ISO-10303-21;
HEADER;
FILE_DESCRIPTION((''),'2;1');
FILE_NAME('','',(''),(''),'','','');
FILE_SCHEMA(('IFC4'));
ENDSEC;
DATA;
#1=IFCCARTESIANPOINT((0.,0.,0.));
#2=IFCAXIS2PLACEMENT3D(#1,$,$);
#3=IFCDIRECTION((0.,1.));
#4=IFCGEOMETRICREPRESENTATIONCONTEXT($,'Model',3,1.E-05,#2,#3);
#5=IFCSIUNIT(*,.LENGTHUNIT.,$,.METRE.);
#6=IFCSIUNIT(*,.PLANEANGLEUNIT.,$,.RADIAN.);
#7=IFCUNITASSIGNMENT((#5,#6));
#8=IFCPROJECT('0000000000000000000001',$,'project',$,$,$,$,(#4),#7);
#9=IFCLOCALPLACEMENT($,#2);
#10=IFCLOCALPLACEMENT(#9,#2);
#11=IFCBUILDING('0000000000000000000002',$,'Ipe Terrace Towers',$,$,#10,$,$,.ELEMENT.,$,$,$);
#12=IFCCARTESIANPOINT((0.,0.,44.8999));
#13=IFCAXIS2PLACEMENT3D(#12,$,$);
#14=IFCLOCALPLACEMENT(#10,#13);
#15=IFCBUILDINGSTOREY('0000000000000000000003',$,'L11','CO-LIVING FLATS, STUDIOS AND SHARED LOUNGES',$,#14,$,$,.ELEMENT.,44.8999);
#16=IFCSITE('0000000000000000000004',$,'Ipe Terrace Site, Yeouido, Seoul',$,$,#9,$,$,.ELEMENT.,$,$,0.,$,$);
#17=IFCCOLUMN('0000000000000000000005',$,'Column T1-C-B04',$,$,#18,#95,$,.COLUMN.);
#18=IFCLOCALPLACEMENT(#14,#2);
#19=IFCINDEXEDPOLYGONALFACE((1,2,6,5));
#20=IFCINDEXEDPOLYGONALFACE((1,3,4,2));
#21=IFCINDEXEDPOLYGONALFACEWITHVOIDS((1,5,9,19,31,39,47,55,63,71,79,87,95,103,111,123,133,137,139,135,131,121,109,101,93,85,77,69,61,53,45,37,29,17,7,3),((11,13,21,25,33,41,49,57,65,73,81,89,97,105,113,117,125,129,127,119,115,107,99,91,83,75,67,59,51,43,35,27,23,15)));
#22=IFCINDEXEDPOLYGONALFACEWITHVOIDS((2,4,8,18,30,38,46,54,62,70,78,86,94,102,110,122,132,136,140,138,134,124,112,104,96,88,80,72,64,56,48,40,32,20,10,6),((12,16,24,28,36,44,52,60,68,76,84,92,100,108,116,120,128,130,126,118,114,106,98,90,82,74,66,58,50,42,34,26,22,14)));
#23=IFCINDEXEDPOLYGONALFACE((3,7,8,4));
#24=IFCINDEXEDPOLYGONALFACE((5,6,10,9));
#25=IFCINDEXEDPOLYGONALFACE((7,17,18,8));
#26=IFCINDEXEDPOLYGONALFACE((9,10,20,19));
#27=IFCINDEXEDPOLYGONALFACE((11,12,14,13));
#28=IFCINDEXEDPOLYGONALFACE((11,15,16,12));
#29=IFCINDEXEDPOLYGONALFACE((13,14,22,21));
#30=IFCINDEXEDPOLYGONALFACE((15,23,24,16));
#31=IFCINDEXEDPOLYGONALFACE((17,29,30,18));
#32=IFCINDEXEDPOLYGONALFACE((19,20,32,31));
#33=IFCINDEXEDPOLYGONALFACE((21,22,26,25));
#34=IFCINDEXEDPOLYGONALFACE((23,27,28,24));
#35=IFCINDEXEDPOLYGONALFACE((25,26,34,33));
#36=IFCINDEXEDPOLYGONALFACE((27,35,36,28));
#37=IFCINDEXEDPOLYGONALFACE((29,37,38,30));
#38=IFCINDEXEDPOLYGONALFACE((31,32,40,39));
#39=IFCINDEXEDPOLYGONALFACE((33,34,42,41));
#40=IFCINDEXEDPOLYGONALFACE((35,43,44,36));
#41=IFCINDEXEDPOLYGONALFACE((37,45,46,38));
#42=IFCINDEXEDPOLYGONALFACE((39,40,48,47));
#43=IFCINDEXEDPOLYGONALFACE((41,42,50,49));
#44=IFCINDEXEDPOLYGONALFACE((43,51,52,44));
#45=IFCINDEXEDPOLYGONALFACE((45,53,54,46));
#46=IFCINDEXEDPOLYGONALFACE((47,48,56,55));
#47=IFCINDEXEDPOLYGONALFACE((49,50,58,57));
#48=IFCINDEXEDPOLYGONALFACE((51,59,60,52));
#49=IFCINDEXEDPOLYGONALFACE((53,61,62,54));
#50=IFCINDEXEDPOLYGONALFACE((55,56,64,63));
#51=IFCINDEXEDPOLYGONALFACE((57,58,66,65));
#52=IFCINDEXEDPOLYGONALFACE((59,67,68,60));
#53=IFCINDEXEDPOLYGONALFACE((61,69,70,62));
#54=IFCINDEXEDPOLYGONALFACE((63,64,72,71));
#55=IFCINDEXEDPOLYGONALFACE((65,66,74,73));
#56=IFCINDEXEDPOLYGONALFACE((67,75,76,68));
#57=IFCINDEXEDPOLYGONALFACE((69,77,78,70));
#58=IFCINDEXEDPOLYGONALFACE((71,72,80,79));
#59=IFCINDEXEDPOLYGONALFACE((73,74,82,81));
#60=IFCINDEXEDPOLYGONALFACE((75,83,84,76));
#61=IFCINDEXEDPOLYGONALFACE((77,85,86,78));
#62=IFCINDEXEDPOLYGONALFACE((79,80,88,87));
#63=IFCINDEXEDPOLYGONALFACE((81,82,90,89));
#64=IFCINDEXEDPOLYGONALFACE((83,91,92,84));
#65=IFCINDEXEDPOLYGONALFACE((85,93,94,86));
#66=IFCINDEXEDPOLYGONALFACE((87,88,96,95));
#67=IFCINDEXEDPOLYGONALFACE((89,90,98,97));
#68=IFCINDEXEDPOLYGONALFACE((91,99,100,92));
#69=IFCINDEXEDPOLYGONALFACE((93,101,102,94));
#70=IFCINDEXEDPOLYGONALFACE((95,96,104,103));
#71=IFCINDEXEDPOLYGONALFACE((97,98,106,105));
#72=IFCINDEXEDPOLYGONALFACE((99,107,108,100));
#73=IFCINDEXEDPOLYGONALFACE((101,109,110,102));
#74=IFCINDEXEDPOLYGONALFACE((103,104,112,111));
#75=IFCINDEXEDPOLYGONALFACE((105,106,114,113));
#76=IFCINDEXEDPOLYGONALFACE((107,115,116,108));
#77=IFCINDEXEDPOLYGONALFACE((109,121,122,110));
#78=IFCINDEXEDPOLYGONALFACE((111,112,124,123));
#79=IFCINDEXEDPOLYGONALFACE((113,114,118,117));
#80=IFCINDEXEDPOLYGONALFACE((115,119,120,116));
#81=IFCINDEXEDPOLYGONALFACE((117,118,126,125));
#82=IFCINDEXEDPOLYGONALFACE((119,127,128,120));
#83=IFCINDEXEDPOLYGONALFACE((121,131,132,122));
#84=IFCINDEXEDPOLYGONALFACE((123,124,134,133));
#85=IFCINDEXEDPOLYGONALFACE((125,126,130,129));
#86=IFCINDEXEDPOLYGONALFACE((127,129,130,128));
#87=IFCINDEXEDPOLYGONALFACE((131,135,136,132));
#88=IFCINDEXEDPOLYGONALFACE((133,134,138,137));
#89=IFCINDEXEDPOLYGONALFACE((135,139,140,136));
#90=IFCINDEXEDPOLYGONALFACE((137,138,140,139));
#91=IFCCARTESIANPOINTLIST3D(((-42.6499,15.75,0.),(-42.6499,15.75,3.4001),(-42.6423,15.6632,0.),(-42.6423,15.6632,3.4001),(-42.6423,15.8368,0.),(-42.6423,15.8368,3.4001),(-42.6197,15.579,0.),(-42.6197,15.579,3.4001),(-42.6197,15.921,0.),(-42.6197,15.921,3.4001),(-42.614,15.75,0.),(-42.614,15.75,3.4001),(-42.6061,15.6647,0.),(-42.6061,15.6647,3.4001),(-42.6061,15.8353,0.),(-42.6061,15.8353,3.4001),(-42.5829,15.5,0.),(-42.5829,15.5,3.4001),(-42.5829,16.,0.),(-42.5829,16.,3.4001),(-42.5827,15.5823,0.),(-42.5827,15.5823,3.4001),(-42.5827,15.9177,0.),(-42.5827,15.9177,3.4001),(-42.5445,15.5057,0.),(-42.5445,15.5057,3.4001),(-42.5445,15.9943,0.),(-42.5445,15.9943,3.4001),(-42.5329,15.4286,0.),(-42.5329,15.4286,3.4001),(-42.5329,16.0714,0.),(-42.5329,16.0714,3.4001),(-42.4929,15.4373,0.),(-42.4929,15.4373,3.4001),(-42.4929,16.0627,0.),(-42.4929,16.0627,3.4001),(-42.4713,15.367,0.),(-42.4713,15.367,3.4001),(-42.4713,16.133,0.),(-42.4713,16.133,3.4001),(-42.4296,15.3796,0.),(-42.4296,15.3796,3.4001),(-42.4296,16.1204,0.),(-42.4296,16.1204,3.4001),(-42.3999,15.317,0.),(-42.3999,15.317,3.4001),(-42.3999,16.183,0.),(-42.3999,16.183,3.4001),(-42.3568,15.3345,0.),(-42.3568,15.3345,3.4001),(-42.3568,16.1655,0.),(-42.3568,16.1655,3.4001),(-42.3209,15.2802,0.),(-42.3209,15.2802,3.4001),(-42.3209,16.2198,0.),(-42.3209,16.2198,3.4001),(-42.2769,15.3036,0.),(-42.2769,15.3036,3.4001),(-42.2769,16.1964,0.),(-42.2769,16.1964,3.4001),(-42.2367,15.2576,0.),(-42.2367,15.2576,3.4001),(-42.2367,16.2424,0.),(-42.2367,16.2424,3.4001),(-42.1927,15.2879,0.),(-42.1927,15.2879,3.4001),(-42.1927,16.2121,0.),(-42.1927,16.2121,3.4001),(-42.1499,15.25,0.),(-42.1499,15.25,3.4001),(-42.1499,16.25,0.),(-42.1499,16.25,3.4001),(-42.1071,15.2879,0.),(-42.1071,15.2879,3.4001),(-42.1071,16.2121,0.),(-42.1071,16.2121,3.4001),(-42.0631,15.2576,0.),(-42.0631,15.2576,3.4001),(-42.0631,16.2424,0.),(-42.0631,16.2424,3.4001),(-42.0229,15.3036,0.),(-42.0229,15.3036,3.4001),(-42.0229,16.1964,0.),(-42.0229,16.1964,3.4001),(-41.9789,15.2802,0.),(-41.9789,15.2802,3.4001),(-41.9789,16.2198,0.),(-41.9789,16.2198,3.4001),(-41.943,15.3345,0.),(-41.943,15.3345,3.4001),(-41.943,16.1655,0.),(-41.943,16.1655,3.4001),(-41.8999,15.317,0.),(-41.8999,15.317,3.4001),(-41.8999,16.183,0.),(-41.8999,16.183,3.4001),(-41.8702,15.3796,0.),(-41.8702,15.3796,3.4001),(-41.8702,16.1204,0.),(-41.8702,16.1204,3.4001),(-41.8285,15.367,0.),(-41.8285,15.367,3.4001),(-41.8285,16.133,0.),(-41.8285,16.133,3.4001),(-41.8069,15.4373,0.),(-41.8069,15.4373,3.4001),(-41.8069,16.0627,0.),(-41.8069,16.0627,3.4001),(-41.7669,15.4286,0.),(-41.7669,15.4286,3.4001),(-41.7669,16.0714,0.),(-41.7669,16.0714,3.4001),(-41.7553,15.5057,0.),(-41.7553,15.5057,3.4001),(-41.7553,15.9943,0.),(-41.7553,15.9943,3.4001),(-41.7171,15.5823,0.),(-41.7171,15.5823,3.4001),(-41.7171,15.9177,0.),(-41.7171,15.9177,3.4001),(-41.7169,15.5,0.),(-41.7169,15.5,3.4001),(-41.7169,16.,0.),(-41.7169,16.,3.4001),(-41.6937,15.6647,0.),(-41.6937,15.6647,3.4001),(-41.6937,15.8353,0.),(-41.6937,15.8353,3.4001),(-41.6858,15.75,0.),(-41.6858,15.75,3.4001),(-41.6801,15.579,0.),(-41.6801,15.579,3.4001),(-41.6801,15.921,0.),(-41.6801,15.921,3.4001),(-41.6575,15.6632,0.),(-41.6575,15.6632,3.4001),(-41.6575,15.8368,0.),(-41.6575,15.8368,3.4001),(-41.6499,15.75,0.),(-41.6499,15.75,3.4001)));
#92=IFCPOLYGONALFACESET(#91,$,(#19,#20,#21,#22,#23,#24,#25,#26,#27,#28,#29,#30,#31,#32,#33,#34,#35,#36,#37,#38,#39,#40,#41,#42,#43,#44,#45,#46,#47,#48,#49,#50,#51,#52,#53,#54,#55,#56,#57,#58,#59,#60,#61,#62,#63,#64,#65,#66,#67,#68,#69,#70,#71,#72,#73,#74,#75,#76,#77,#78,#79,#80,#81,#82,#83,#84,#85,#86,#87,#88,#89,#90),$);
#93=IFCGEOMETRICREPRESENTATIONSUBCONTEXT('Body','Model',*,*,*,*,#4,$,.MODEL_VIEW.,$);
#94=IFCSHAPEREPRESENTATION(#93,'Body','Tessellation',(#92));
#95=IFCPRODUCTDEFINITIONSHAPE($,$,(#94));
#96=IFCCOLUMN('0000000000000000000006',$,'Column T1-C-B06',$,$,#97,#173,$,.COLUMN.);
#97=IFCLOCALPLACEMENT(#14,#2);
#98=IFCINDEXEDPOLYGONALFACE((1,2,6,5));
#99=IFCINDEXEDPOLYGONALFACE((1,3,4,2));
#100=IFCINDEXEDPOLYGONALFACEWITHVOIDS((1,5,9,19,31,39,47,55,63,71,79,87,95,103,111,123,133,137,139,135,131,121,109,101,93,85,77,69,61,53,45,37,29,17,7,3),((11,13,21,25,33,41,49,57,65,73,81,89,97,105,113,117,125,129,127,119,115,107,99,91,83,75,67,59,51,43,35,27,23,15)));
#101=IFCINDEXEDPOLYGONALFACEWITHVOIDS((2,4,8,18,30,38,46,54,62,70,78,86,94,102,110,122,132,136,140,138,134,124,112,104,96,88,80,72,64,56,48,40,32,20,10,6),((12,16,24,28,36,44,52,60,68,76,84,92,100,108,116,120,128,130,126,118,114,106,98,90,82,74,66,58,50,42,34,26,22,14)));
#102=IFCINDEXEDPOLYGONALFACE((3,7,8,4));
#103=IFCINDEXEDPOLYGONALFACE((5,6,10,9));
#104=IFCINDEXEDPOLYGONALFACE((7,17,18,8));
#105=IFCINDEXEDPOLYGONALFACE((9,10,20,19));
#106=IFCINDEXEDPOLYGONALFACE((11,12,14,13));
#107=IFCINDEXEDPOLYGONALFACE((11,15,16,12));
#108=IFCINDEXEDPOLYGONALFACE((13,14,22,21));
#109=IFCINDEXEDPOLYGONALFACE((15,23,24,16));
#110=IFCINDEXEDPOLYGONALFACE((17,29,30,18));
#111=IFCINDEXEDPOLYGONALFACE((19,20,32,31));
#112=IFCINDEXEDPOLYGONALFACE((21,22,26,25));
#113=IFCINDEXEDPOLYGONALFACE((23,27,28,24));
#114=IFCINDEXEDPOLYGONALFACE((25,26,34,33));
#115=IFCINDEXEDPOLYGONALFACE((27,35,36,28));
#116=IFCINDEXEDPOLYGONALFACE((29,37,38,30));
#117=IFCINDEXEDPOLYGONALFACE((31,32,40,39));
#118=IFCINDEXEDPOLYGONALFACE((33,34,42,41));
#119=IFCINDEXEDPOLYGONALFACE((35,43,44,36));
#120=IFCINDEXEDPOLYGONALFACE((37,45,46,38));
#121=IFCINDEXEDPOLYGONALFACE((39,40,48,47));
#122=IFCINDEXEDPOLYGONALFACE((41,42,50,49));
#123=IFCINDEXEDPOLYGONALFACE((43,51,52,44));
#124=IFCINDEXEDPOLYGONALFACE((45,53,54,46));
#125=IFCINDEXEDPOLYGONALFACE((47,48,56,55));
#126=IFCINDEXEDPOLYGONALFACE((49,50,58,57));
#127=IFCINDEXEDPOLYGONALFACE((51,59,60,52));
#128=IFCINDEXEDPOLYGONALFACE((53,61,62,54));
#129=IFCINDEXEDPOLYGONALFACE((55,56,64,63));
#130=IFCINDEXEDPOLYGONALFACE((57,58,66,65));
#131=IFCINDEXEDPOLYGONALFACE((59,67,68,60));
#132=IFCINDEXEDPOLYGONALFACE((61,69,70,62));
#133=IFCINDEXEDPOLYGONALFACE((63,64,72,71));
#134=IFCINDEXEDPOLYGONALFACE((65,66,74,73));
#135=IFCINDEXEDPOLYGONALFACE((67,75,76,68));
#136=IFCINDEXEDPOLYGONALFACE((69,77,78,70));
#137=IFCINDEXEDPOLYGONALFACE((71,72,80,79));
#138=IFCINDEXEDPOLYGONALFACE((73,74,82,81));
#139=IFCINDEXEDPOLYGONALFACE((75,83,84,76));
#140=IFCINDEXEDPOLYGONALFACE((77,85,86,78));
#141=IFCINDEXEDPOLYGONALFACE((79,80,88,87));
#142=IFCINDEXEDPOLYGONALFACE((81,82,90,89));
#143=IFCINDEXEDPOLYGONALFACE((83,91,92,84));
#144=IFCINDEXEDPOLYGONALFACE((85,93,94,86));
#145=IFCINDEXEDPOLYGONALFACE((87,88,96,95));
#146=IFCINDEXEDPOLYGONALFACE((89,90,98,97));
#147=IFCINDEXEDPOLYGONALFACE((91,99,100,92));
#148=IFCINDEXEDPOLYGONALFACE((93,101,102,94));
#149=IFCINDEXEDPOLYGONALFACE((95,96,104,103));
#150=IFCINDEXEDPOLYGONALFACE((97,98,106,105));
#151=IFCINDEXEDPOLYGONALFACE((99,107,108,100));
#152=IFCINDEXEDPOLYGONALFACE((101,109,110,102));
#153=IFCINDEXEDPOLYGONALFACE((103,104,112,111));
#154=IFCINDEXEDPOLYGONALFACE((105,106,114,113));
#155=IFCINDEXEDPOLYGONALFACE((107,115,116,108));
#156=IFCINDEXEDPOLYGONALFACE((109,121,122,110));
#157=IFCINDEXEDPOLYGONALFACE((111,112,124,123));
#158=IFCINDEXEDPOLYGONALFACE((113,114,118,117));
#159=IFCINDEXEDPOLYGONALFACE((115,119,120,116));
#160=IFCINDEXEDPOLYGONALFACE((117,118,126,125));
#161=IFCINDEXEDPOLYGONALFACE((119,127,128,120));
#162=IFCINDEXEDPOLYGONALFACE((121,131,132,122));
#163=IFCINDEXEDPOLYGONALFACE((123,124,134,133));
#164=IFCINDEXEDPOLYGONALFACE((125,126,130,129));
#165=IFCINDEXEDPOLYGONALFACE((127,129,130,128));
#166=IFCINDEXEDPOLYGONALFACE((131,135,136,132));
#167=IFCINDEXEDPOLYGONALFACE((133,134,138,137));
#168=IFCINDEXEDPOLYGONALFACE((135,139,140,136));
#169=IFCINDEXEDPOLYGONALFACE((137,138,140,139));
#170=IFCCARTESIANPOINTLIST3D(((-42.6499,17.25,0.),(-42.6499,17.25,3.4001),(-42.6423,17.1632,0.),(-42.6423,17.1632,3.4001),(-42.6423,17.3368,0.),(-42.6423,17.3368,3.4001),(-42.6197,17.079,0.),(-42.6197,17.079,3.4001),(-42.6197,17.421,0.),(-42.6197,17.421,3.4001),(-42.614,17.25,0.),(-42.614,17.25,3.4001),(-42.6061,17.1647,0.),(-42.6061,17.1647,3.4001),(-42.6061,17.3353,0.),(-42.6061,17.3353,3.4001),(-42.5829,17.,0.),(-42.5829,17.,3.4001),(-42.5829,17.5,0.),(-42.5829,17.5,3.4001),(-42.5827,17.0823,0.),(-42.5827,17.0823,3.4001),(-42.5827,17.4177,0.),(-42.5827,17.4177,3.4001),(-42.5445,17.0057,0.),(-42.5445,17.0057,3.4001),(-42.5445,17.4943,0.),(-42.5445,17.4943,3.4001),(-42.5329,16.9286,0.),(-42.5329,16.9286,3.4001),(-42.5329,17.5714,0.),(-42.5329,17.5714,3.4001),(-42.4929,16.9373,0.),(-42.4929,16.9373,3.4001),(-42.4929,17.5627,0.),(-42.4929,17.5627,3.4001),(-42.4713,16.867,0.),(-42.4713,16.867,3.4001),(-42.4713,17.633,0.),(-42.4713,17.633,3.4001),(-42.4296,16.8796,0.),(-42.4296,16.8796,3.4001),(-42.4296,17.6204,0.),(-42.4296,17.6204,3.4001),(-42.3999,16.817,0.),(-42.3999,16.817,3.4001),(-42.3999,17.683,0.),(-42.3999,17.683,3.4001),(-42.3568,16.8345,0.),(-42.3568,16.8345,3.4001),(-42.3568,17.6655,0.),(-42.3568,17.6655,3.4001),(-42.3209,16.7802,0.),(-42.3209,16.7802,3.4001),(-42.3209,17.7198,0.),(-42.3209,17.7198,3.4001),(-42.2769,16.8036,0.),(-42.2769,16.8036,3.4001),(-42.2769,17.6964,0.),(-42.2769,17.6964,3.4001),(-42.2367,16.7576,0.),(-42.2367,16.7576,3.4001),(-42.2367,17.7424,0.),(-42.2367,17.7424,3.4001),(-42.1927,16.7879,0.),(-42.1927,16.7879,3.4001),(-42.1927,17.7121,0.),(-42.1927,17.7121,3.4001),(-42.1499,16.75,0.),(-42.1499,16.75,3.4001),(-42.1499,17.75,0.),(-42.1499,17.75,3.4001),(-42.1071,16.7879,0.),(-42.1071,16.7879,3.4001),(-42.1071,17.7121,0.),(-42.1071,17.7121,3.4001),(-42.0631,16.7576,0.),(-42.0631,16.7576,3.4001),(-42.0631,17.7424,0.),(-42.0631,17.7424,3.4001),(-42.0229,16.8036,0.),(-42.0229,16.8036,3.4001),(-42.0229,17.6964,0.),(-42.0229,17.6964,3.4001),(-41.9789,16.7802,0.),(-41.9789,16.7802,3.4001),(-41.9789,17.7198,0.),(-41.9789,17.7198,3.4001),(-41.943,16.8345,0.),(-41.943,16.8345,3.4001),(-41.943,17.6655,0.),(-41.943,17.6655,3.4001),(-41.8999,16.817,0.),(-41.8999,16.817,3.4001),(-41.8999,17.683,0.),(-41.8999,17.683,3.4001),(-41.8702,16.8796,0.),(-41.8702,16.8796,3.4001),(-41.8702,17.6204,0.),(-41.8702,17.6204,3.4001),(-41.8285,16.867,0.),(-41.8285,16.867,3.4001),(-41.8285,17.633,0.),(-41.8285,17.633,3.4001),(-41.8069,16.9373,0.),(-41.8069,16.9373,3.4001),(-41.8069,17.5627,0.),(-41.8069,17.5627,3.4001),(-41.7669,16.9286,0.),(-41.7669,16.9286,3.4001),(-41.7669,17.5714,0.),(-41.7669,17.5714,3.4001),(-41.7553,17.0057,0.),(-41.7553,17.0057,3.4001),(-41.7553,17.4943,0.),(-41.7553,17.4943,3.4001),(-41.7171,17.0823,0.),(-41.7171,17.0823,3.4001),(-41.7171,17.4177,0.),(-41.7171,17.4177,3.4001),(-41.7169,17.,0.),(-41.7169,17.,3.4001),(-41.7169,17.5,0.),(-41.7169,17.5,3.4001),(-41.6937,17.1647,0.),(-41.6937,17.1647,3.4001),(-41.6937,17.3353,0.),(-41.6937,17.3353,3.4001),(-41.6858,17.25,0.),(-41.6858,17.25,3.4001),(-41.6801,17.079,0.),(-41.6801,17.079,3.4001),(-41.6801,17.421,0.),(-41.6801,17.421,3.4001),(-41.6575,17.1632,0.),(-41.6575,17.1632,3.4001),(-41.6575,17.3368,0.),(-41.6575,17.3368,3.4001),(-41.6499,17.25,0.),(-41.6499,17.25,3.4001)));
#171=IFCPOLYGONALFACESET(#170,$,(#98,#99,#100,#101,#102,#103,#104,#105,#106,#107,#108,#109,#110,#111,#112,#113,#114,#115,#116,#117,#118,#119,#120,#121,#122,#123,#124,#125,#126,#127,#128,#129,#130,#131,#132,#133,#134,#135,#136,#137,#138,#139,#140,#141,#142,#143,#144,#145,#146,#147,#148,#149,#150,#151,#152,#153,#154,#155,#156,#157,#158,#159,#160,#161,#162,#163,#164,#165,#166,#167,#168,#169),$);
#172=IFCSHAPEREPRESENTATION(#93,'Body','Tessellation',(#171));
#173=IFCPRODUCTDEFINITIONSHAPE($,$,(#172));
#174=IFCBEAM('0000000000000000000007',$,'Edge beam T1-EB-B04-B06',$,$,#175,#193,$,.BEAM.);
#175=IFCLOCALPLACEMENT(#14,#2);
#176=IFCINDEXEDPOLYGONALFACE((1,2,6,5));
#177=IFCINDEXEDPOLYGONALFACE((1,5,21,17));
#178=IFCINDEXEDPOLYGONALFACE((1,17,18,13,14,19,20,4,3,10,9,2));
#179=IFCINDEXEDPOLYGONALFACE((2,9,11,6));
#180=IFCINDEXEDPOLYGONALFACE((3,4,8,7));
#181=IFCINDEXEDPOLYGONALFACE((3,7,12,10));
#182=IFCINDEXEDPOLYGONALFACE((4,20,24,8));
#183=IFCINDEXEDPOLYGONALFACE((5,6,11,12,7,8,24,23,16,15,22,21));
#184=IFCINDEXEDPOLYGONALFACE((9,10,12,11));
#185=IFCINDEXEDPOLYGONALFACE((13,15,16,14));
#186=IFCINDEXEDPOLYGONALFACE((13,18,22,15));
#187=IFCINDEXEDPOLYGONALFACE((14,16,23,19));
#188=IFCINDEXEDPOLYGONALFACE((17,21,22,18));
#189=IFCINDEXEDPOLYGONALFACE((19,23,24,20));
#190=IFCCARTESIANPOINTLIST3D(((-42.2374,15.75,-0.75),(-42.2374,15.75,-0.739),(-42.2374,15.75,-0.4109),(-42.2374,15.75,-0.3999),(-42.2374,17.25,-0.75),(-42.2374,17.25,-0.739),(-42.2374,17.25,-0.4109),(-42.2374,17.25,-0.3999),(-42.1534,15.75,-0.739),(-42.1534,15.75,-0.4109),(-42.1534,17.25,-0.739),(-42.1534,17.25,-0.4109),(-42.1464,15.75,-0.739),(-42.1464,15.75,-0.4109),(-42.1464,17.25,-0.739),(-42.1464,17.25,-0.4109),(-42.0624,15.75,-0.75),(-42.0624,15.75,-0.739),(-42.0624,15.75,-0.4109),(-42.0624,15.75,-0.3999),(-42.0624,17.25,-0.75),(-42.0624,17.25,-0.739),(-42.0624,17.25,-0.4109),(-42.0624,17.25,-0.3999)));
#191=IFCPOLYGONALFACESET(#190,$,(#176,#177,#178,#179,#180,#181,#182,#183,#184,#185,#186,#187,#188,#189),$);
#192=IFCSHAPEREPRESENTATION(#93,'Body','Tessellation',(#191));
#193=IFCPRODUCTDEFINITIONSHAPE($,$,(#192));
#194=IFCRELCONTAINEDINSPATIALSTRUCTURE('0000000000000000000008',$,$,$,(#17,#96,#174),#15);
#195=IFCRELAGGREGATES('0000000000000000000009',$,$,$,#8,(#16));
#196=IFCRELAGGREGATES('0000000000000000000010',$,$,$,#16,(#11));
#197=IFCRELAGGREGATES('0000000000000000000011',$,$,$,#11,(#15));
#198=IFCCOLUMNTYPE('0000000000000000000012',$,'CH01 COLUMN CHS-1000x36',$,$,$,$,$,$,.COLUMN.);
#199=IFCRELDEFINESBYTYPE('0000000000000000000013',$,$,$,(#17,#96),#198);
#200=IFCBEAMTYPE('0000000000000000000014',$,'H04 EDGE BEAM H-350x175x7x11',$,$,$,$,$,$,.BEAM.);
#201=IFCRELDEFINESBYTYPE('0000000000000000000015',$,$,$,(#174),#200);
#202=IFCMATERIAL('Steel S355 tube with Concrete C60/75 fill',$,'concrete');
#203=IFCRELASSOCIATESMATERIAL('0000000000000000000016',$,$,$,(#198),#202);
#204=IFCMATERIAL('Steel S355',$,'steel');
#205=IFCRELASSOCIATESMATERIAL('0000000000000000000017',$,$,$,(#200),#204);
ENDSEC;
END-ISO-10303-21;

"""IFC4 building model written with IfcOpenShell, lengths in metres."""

from ifc_helpers import new_model, si_unit, direction, frame, origin, origin_2d, place, context, subcontext, project, spatial, hollow_circle, i_section, extrude, material, material_profile, profile_set, type_object, element, save


model = new_model("IFC4")

# Units and contexts
model_context = context("Model", 3, precision=1e-05, world=origin(), true_north=direction((0.0, 1.0)))
body_context = subcontext(model_context, "Body", "Model", "MODEL_VIEW")
ifc_project = project(units=[si_unit("LENGTHUNIT", "METRE"), si_unit("PLANEANGLEUNIT", "RADIAN")], contexts=[model_context])

# Site, building, storey
site_placement = place(None, origin())
site = spatial("IfcSite", under=ifc_project, at=site_placement, Name="Ipe Terrace Site, Yeouido, Seoul", CompositionType="ELEMENT", RefElevation=0.0)
building_placement = place(site_placement, origin())
building = spatial("IfcBuilding", under=site, at=building_placement, Name="Ipe Terrace Towers", CompositionType="ELEMENT")
storey_placement = place(building_placement, frame((0.0, 0.0, 44.8999)))
storey = spatial("IfcBuildingStorey", under=building, at=storey_placement, Name="L11", Description="CO-LIVING FLATS, STUDIOS AND SHARED LOUNGES", CompositionType="ELEMENT", Elevation=44.8999)

# Columns
ifc_material_1 = material(Name="Steel S355 tube with Concrete C60/75 fill", Category="concrete")
ifc_material_profile_1 = material_profile(ifc_material_1, hollow_circle(Radius=0.5, WallThickness=0.0359, at=origin_2d()), Name="CHS-1000x36")
ifc_profile_set_1 = profile_set([ifc_material_profile_1], Name="Steel S355 tube with Concrete C60/75 fill")
column_type = type_object("IfcColumnType", Name="CH01 COLUMN CHS-1000x36", PredefinedType="COLUMN", material=ifc_profile_set_1)
for number, where, z_axis, x_axis, name in (
    (1, (-42.1499, 15.75, 0.0), (0.0, 0.0, 1.0), (1.0, 0.0, 0.0), "Column T1-C-B04"),
    (2, (-42.1499, 17.25, 0.0), (0.0, 0.0, 1.0), (1.0, 0.0, 0.0), "Column T1-C-B06"),
):
    element("IfcColumn", number, at=place(storey_placement, frame(where, z_axis=z_axis, x_axis=x_axis)), inside=storey, type_object=column_type, Name=name, PredefinedType="COLUMN", context=body_context, shape_type="SweptSolid", body=[
        extrude(hollow_circle(Radius=0.5, WallThickness=0.0359, at=origin_2d()), origin(), (0.0, 0.0, 1.0), 3.4001),
    ])

# Beam
ifc_material_2 = material(Name="Steel S355", Category="steel")
ifc_material_profile_2 = material_profile(ifc_material_2, i_section(OverallWidth=0.175, OverallDepth=0.3501, WebThickness=0.0071, FlangeThickness=0.011, at=origin_2d()), Name="H-350x175x7x11")
ifc_profile_set_2 = profile_set([ifc_material_profile_2], Name="Steel S355")
beam_type = type_object("IfcBeamType", Name="H04 EDGE BEAM H-350x175x7x11", PredefinedType="BEAM", material=ifc_profile_set_2)
beam_placement = place(storey_placement, frame((-42.1499, 15.75, -0.575), z_axis=(0.0, 1.0, 0.0), x_axis=(-1.0, 0.0, 0.0)))
element("IfcBeam", 3, at=beam_placement, inside=storey, type_object=beam_type, Name="Edge beam T1-EB-B04-B06", PredefinedType="BEAM", context=body_context, shape_type="SweptSolid", body=[
    extrude(i_section(OverallWidth=0.175, OverallDepth=0.3501, WebThickness=0.0071, FlangeThickness=0.011, at=origin_2d()), origin(), (0.0, 0.0, 1.0), 1.5),
])

save(model, "model.ifc")
